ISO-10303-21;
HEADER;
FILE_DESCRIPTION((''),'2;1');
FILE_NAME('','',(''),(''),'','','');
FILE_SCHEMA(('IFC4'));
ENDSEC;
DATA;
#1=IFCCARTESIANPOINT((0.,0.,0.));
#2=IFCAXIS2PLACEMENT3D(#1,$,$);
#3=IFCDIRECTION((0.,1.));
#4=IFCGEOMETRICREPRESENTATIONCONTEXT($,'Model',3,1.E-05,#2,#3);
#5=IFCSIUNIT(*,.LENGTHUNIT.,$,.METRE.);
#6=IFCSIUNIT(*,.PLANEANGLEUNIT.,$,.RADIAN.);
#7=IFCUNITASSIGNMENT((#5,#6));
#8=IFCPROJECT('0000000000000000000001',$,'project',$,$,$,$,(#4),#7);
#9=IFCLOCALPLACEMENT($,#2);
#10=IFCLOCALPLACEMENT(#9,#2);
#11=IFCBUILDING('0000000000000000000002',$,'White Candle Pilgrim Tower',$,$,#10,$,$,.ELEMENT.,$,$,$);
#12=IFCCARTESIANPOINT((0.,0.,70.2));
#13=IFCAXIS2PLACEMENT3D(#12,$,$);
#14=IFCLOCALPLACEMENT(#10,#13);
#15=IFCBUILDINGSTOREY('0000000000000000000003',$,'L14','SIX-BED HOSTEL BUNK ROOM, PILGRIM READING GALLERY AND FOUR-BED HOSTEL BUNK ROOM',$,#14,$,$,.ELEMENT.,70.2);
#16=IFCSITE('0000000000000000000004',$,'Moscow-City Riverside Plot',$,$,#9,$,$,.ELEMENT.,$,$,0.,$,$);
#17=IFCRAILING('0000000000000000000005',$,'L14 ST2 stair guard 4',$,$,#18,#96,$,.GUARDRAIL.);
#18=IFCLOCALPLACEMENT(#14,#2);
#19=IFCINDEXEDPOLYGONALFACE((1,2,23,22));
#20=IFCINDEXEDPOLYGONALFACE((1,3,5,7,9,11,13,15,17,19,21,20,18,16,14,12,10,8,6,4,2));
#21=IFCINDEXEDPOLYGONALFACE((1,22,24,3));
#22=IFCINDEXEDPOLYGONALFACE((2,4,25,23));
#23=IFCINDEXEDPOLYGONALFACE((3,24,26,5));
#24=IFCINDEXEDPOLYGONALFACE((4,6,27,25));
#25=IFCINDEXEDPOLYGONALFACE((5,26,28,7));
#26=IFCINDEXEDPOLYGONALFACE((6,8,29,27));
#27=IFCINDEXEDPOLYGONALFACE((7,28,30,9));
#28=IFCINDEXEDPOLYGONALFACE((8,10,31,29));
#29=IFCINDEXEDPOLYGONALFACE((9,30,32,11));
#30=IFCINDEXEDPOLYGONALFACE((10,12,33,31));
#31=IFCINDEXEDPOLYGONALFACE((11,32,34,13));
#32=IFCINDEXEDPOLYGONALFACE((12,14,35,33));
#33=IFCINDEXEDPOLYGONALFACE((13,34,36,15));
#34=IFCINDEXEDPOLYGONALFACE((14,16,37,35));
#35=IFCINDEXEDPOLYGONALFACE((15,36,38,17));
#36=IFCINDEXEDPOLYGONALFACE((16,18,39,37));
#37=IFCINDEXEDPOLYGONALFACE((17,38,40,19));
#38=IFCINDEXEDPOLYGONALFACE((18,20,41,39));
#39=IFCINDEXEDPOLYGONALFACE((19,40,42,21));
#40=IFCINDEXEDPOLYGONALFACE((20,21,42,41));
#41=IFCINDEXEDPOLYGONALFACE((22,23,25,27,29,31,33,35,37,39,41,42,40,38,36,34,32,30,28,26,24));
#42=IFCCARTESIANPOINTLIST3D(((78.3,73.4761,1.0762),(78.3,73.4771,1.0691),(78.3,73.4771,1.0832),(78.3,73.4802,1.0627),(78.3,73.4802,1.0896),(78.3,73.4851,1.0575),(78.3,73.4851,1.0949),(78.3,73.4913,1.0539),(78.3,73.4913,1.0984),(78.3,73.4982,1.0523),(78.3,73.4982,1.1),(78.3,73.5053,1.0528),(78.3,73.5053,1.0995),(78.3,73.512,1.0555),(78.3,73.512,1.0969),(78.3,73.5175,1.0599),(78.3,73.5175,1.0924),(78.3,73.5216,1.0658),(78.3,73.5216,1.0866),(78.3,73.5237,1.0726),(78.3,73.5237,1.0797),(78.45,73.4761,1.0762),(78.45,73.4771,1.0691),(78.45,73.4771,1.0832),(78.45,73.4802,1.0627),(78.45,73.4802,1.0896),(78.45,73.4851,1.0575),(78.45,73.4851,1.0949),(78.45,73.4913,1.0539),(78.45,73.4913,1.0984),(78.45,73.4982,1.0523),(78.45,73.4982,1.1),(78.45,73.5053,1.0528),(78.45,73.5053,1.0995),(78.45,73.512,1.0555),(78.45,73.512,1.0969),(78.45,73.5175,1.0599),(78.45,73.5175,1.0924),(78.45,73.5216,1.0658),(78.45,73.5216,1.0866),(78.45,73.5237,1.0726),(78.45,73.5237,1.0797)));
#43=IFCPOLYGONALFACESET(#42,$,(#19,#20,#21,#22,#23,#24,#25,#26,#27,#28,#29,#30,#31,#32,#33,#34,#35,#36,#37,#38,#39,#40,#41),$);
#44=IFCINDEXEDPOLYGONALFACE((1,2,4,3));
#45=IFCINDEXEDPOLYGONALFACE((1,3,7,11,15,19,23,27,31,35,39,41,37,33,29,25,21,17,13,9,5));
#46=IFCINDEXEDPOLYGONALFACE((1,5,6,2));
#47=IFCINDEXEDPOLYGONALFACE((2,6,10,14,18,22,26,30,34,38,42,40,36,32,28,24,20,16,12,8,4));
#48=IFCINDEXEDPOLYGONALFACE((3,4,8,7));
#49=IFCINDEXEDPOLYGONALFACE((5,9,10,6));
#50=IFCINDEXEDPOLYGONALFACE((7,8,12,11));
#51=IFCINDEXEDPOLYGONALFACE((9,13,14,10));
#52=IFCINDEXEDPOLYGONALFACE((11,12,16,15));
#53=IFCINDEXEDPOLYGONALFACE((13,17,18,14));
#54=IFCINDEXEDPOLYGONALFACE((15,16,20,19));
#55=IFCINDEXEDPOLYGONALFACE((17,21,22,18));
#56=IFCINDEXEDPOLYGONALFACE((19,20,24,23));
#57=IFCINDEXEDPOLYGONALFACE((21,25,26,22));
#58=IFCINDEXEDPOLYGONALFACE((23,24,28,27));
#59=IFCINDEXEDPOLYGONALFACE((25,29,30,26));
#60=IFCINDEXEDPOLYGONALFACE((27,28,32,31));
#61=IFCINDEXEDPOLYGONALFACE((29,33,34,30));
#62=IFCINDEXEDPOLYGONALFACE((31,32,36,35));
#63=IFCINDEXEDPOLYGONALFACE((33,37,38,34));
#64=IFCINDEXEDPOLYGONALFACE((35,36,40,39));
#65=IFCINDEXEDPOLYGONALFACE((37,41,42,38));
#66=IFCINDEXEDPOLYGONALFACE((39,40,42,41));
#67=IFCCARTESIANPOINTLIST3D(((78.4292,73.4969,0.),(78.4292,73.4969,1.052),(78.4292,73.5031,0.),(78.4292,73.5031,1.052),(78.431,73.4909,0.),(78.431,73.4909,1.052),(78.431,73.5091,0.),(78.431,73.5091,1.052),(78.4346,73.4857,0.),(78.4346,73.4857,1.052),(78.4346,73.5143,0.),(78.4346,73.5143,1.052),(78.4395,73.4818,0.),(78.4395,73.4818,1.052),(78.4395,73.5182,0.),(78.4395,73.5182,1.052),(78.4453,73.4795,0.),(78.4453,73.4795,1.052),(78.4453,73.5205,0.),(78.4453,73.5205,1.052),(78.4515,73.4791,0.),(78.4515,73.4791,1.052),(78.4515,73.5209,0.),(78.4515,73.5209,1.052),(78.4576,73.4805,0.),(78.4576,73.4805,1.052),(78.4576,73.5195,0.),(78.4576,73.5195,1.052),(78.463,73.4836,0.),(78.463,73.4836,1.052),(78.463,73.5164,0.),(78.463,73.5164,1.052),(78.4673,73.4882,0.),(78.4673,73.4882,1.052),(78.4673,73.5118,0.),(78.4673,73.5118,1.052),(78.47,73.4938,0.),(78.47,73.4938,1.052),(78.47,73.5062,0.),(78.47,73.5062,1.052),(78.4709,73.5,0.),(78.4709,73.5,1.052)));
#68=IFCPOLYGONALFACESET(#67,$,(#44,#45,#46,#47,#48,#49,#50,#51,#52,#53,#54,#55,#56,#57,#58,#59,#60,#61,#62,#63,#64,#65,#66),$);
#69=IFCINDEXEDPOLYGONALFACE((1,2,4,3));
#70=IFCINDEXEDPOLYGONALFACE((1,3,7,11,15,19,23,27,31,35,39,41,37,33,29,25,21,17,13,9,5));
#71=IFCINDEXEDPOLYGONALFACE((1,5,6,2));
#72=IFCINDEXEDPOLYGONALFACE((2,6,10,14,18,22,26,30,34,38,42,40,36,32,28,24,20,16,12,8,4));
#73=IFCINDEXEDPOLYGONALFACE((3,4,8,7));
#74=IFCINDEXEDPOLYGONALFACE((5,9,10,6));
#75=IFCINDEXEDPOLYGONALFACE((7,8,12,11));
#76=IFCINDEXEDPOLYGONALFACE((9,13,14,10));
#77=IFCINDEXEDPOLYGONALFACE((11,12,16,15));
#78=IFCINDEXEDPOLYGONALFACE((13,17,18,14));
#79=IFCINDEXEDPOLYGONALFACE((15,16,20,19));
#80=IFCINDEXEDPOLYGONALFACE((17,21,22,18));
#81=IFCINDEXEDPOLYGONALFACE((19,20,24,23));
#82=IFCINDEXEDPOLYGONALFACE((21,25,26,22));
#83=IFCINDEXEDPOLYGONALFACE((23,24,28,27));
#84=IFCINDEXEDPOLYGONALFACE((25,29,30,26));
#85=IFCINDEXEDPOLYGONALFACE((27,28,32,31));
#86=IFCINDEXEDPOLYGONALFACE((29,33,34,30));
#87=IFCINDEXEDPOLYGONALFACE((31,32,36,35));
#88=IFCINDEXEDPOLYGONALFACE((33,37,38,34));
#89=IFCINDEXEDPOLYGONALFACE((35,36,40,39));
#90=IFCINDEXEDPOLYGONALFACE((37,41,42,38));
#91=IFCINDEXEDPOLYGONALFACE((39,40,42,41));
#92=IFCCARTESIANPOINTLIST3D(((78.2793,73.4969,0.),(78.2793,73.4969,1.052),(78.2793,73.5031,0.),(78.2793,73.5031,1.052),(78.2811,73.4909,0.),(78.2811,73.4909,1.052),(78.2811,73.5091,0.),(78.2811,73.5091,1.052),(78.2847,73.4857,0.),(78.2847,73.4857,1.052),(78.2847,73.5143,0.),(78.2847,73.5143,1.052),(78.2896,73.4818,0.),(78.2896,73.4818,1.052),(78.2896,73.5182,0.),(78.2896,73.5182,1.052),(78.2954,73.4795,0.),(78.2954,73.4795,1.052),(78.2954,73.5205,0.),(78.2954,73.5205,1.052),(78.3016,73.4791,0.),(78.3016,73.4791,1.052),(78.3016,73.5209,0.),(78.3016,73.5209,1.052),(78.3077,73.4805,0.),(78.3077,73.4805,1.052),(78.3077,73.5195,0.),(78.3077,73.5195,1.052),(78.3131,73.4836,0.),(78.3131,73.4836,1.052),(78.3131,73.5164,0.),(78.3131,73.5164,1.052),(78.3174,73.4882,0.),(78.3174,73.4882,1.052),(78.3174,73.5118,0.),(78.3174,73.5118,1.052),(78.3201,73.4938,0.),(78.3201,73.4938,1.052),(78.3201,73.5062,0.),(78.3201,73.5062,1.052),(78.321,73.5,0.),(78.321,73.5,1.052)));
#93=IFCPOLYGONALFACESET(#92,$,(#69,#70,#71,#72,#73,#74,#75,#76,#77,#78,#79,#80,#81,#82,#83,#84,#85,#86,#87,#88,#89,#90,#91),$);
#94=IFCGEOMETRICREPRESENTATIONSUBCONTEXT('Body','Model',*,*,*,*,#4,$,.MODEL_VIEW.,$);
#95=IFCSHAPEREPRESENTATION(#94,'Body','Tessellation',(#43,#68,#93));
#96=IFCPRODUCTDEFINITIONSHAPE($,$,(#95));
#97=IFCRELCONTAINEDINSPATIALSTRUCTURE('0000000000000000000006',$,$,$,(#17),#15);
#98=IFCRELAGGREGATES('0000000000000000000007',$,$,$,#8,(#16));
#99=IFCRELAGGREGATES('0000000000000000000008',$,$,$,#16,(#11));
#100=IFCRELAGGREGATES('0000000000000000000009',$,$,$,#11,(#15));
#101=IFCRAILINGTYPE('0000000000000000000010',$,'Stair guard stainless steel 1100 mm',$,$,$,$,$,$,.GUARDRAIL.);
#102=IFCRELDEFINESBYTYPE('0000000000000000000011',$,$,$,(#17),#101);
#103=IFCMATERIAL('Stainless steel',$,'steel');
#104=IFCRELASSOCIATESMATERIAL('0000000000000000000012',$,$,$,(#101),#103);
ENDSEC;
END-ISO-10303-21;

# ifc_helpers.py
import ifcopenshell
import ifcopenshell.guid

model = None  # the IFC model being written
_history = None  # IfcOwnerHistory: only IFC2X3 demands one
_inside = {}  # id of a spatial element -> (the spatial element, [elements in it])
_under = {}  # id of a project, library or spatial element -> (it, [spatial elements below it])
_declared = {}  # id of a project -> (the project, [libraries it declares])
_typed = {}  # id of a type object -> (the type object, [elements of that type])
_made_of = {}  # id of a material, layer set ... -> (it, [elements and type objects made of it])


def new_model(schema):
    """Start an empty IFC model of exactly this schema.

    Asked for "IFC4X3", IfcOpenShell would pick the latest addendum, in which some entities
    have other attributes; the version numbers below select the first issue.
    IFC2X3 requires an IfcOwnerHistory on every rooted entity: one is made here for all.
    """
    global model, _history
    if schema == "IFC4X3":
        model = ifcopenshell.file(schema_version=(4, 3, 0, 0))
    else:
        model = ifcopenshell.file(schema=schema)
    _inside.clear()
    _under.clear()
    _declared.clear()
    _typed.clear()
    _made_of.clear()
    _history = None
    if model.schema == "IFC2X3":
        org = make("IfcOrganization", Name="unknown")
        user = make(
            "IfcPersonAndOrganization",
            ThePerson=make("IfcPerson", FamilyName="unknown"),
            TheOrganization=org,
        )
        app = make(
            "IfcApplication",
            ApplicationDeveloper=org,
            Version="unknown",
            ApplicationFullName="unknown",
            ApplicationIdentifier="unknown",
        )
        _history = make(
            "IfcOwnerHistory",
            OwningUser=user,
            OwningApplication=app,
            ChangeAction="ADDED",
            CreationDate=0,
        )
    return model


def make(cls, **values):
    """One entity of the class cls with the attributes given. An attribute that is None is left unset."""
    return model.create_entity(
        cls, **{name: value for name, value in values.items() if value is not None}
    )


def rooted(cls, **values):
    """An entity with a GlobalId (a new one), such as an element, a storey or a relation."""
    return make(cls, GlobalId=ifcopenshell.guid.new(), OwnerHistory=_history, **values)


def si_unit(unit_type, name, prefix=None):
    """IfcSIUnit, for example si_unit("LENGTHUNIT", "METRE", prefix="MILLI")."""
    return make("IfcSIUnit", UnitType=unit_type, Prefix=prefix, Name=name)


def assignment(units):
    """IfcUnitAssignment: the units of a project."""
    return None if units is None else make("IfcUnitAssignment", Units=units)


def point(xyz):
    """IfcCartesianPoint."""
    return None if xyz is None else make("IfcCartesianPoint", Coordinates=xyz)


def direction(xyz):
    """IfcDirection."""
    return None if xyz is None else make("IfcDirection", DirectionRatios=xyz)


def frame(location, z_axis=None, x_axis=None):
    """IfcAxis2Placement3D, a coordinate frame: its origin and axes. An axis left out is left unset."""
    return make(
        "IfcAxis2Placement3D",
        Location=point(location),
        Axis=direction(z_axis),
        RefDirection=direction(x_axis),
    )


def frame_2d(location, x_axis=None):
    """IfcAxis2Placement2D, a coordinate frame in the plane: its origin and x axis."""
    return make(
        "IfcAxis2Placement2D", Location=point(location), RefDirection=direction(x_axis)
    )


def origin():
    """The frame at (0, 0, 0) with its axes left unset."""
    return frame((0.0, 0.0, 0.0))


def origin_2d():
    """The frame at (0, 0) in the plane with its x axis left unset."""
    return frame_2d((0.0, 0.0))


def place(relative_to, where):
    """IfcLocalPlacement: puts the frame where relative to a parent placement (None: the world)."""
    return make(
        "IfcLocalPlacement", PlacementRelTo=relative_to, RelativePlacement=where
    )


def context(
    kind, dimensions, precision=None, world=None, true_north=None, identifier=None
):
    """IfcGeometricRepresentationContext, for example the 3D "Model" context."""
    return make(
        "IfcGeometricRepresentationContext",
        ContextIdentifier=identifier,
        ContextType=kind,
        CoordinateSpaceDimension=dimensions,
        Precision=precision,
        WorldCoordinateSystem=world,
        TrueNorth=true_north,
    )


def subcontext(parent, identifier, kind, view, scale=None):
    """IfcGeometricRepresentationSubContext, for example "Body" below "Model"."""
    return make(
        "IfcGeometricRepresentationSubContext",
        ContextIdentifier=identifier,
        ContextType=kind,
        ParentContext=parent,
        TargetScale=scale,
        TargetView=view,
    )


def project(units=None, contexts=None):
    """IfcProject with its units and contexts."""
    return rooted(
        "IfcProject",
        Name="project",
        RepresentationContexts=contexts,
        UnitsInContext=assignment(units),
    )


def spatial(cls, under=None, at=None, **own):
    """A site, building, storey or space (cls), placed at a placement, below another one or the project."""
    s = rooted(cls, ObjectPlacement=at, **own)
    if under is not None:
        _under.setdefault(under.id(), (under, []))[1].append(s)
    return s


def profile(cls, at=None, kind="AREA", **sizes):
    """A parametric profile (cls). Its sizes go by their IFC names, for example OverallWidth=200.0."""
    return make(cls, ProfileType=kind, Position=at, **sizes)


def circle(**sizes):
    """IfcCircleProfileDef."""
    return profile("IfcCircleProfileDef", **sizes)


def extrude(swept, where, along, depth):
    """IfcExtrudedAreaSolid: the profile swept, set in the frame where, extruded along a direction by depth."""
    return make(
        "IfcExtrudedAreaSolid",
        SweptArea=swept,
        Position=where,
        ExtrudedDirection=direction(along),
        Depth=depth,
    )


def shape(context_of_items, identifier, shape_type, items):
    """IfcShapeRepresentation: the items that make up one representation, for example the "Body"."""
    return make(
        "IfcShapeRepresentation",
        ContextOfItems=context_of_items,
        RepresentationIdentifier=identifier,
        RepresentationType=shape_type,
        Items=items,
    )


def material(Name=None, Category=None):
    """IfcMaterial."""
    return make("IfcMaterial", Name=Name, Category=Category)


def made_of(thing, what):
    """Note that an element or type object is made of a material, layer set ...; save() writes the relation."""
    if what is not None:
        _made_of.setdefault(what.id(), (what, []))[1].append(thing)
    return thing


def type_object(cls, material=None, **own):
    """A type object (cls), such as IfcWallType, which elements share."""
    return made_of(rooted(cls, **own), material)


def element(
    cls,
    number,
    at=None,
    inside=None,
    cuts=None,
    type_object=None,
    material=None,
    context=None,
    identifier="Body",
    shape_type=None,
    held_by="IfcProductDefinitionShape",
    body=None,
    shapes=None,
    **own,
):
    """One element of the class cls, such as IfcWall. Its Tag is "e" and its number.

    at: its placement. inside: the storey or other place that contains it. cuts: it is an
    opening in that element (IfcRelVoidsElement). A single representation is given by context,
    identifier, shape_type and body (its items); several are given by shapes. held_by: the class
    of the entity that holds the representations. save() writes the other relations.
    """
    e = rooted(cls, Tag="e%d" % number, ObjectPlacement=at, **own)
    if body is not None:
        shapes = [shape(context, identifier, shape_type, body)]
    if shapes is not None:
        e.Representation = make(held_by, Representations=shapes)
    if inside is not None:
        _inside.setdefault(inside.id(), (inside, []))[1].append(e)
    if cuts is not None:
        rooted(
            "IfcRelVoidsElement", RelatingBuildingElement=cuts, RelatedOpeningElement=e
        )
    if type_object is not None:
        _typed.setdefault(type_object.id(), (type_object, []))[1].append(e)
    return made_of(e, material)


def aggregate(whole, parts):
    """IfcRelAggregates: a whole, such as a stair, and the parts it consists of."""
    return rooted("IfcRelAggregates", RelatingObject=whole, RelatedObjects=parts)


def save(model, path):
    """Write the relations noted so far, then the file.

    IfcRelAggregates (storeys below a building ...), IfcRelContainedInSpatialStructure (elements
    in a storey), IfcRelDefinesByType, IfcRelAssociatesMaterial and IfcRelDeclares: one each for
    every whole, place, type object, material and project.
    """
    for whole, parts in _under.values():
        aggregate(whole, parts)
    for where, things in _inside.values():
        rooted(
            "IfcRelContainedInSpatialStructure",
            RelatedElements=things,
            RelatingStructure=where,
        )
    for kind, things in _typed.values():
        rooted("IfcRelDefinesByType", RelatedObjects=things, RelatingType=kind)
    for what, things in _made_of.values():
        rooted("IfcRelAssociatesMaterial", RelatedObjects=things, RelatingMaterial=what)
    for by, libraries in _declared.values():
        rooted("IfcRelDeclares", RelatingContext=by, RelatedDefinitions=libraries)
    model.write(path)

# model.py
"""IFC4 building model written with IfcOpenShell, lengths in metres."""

from ifc_helpers import new_model, si_unit, direction, frame, origin, origin_2d, place, context, subcontext, project, spatial, circle, extrude, material, type_object, element, save


model = new_model("IFC4")

# Units and contexts
model_context = context("Model", 3, precision=1e-05, world=origin(), true_north=direction((0.0, 1.0)))
body_context = subcontext(model_context, "Body", "Model", "MODEL_VIEW")
ifc_project = project(units=[si_unit("LENGTHUNIT", "METRE"), si_unit("PLANEANGLEUNIT", "RADIAN")], contexts=[model_context])

# Site, building, storey
site_placement = place(None, origin())
site = spatial("IfcSite", under=ifc_project, at=site_placement, Name="Moscow-City Riverside Plot", CompositionType="ELEMENT", RefElevation=0.0)
building_placement = place(site_placement, origin())
building = spatial("IfcBuilding", under=site, at=building_placement, Name="White Candle Pilgrim Tower", CompositionType="ELEMENT")
storey_placement = place(building_placement, frame((0.0, 0.0, 70.2)))
storey = spatial("IfcBuildingStorey", under=building, at=storey_placement, Name="L14", Description="SIX-BED HOSTEL BUNK ROOM, PILGRIM READING GALLERY AND FOUR-BED HOSTEL BUNK ROOM", CompositionType="ELEMENT", Elevation=70.2)

# Railing
ifc_material_1 = material(Name="Stainless steel", Category="steel")
railing_type_1 = type_object("IfcRailingType", Name="Stair guard stainless steel 1100 mm", PredefinedType="GUARDRAIL", material=ifc_material_1)
railing_1_placement = place(storey_placement, frame((78.45, 73.5, 0.0)))
element("IfcRailing", 1, at=railing_1_placement, inside=storey, type_object=railing_type_1, Name="L14 ST2 stair guard 4", PredefinedType="GUARDRAIL", context=body_context, shape_type="SweptSolid", body=[
    extrude(circle(Radius=0.0239, at=origin_2d()), frame((0.0, 0.0, 1.0762), z_axis=(-1.0, 0.0, 0.0), x_axis=(0.0, -1.0, 0.0)), (0.0, 0.0, 1.0), 0.1499),
    extrude(circle(Radius=0.021, at=origin_2d()), origin(), (0.0, 0.0, 1.0), 1.052),
    extrude(circle(Radius=0.021, at=origin_2d()), frame((-0.1499, 0.0, 0.0)), (0.0, 0.0, 1.0), 1.052),
])

save(model, "model.ifc")
